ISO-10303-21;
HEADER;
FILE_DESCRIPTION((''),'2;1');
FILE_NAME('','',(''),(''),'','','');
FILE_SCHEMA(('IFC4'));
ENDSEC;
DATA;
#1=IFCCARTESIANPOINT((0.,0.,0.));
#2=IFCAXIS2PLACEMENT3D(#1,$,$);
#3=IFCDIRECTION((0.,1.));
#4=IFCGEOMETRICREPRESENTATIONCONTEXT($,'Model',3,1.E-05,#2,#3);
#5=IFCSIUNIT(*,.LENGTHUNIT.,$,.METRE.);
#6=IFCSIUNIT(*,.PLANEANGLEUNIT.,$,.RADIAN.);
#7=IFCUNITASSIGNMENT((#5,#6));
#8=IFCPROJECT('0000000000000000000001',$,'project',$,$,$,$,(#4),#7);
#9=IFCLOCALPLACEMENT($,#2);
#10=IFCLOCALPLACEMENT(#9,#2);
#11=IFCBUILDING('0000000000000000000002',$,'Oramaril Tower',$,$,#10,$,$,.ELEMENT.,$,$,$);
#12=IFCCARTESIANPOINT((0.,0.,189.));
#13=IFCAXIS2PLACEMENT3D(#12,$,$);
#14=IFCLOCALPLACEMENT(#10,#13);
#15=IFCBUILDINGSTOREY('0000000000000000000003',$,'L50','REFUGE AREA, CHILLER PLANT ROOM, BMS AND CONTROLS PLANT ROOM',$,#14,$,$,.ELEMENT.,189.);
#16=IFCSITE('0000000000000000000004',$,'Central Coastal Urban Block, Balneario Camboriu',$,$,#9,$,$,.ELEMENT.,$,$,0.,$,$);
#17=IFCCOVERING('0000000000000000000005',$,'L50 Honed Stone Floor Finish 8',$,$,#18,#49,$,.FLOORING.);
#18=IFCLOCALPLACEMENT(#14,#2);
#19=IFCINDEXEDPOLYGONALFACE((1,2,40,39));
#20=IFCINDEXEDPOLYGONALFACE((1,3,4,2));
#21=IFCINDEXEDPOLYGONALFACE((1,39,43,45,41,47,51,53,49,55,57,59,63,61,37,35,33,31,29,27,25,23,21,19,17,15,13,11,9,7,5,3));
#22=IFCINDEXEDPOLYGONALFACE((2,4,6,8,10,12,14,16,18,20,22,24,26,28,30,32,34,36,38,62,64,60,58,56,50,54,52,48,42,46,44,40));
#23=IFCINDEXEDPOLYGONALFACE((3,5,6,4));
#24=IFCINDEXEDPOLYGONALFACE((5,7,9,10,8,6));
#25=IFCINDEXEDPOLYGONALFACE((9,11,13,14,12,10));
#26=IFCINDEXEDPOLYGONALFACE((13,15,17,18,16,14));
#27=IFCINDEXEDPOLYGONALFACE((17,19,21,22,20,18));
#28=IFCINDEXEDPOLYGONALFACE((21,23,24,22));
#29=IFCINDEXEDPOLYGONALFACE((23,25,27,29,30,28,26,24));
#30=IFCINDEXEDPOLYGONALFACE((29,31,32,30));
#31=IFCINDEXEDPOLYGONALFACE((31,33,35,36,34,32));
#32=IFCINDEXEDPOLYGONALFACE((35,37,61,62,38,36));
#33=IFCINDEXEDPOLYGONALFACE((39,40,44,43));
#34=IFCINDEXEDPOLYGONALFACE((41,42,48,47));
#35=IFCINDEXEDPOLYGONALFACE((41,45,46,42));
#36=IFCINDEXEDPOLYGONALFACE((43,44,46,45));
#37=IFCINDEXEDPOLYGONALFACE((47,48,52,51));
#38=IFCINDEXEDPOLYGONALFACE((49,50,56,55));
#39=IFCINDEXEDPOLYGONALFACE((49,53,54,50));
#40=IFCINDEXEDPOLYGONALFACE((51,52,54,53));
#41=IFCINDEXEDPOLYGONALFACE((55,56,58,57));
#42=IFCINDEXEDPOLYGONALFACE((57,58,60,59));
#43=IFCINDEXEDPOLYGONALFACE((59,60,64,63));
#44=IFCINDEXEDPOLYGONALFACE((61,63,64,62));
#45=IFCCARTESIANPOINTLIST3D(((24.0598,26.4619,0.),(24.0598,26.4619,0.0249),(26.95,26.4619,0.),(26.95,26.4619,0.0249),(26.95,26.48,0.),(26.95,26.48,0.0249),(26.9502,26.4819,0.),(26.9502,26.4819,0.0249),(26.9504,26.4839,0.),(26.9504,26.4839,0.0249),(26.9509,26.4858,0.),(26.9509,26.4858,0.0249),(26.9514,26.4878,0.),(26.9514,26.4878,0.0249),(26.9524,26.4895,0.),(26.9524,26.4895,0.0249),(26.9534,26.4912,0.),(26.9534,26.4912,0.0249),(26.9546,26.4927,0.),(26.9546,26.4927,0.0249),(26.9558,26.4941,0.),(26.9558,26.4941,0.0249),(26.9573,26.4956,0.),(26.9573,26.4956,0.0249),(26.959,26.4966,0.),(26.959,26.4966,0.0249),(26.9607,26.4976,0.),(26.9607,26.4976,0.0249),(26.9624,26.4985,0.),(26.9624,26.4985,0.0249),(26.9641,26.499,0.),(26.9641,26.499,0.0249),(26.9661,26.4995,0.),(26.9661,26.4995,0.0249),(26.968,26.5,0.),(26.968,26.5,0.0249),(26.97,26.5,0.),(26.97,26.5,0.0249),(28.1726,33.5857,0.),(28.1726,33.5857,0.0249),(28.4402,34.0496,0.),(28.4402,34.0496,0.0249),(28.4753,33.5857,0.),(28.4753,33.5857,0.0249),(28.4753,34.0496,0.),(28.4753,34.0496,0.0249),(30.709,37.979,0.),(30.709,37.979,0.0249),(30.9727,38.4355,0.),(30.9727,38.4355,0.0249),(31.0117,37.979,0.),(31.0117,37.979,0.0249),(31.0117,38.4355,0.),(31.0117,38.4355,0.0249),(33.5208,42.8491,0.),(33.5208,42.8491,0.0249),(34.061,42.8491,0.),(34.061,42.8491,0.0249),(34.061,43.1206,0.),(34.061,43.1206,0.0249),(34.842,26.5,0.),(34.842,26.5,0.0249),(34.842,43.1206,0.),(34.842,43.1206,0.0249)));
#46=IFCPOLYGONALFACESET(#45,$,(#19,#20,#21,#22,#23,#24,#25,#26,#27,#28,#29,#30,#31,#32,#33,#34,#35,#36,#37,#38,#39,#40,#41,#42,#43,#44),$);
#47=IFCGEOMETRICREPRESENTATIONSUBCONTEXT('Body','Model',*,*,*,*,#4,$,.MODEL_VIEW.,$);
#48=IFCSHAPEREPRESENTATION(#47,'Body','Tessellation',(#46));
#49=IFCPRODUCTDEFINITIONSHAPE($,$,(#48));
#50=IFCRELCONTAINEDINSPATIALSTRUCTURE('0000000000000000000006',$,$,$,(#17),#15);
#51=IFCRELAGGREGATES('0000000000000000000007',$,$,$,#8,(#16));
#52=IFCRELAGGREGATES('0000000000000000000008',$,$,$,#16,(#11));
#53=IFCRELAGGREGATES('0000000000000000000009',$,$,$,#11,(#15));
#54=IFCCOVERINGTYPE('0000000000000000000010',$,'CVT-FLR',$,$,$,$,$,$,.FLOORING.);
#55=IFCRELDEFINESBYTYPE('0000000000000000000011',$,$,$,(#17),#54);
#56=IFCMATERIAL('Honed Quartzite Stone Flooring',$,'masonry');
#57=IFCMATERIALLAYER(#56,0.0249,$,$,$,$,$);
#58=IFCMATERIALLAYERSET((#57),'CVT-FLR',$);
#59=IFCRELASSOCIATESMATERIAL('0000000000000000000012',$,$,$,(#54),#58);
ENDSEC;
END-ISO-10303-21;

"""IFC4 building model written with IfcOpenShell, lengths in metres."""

from ifc_helpers import new_model, si_unit, direction, frame, origin, place, context, subcontext, project, spatial, polyline, outline, extrude, material, layer, layer_set, type_object, element, save


model = new_model("IFC4")

# Units and contexts
model_context = context("Model", 3, precision=1e-05, world=origin(), true_north=direction((0.0, 1.0)))
body_context = subcontext(model_context, "Body", "Model", "MODEL_VIEW")
ifc_project = project(units=[si_unit("LENGTHUNIT", "METRE"), si_unit("PLANEANGLEUNIT", "RADIAN")], contexts=[model_context])

# Site, building, storey
site_placement = place(None, origin())
site = spatial("IfcSite", under=ifc_project, at=site_placement, Name="Central Coastal Urban Block, Balneario Camboriu", CompositionType="ELEMENT", RefElevation=0.0)
building_placement = place(site_placement, origin())
building = spatial("IfcBuilding", under=site, at=building_placement, Name="Oramaril Tower", CompositionType="ELEMENT")
storey_placement = place(building_placement, frame((0.0, 0.0, 189.0)))
storey = spatial("IfcBuildingStorey", under=building, at=storey_placement, Name="L50", Description="REFUGE AREA, CHILLER PLANT ROOM, BMS AND CONTROLS PLANT ROOM", CompositionType="ELEMENT", Elevation=189.0)

# Covering
ifc_material_1 = material(Name="Honed Quartzite Stone Flooring", Category="masonry")
ifc_layer_1 = layer(ifc_material_1, 0.0249)
ifc_layer_set_1 = layer_set([ifc_layer_1], Name="CVT-FLR")
covering_type_1 = type_object("IfcCoveringType", Name="CVT-FLR", PredefinedType="FLOORING", material=ifc_layer_set_1)
covering_1_placement = place(storey_placement, origin())
element("IfcCovering", 1, at=covering_1_placement, inside=storey, type_object=covering_type_1, Name="L50 Honed Stone Floor Finish 8", PredefinedType="FLOORING", context=body_context, shape_type="SweptSolid", body=[
    extrude(outline(polyline([(28.4753, 33.5857), (28.4753, 34.0496), (28.4402, 34.0496), (30.709, 37.979), (31.0117, 37.979), (31.0117, 38.4355), (30.9727, 38.4355), (33.5208, 42.8491), (34.061, 42.8491), (34.061, 43.1206), (34.842, 43.1206), (34.842, 26.5), (26.97, 26.5), (26.968, 26.5), (26.9661, 26.4995), (26.9641, 26.499), (26.9624, 26.4985), (26.9607, 26.4976), (26.959, 26.4966), (26.9573, 26.4956), (26.9558, 26.4941), (26.9546, 26.4927), (26.9534, 26.4912), (26.9524, 26.4895), (26.9514, 26.4878), (26.9509, 26.4858), (26.9504, 26.4839), (26.9502, 26.4819), (26.95, 26.48), (26.95, 26.4619), (24.0598, 26.4619), (28.1726, 33.5857), (28.4753, 33.5857)])), origin(), (0.0, 0.0, 1.0), 0.0249),
])

save(model, "model.ifc")
